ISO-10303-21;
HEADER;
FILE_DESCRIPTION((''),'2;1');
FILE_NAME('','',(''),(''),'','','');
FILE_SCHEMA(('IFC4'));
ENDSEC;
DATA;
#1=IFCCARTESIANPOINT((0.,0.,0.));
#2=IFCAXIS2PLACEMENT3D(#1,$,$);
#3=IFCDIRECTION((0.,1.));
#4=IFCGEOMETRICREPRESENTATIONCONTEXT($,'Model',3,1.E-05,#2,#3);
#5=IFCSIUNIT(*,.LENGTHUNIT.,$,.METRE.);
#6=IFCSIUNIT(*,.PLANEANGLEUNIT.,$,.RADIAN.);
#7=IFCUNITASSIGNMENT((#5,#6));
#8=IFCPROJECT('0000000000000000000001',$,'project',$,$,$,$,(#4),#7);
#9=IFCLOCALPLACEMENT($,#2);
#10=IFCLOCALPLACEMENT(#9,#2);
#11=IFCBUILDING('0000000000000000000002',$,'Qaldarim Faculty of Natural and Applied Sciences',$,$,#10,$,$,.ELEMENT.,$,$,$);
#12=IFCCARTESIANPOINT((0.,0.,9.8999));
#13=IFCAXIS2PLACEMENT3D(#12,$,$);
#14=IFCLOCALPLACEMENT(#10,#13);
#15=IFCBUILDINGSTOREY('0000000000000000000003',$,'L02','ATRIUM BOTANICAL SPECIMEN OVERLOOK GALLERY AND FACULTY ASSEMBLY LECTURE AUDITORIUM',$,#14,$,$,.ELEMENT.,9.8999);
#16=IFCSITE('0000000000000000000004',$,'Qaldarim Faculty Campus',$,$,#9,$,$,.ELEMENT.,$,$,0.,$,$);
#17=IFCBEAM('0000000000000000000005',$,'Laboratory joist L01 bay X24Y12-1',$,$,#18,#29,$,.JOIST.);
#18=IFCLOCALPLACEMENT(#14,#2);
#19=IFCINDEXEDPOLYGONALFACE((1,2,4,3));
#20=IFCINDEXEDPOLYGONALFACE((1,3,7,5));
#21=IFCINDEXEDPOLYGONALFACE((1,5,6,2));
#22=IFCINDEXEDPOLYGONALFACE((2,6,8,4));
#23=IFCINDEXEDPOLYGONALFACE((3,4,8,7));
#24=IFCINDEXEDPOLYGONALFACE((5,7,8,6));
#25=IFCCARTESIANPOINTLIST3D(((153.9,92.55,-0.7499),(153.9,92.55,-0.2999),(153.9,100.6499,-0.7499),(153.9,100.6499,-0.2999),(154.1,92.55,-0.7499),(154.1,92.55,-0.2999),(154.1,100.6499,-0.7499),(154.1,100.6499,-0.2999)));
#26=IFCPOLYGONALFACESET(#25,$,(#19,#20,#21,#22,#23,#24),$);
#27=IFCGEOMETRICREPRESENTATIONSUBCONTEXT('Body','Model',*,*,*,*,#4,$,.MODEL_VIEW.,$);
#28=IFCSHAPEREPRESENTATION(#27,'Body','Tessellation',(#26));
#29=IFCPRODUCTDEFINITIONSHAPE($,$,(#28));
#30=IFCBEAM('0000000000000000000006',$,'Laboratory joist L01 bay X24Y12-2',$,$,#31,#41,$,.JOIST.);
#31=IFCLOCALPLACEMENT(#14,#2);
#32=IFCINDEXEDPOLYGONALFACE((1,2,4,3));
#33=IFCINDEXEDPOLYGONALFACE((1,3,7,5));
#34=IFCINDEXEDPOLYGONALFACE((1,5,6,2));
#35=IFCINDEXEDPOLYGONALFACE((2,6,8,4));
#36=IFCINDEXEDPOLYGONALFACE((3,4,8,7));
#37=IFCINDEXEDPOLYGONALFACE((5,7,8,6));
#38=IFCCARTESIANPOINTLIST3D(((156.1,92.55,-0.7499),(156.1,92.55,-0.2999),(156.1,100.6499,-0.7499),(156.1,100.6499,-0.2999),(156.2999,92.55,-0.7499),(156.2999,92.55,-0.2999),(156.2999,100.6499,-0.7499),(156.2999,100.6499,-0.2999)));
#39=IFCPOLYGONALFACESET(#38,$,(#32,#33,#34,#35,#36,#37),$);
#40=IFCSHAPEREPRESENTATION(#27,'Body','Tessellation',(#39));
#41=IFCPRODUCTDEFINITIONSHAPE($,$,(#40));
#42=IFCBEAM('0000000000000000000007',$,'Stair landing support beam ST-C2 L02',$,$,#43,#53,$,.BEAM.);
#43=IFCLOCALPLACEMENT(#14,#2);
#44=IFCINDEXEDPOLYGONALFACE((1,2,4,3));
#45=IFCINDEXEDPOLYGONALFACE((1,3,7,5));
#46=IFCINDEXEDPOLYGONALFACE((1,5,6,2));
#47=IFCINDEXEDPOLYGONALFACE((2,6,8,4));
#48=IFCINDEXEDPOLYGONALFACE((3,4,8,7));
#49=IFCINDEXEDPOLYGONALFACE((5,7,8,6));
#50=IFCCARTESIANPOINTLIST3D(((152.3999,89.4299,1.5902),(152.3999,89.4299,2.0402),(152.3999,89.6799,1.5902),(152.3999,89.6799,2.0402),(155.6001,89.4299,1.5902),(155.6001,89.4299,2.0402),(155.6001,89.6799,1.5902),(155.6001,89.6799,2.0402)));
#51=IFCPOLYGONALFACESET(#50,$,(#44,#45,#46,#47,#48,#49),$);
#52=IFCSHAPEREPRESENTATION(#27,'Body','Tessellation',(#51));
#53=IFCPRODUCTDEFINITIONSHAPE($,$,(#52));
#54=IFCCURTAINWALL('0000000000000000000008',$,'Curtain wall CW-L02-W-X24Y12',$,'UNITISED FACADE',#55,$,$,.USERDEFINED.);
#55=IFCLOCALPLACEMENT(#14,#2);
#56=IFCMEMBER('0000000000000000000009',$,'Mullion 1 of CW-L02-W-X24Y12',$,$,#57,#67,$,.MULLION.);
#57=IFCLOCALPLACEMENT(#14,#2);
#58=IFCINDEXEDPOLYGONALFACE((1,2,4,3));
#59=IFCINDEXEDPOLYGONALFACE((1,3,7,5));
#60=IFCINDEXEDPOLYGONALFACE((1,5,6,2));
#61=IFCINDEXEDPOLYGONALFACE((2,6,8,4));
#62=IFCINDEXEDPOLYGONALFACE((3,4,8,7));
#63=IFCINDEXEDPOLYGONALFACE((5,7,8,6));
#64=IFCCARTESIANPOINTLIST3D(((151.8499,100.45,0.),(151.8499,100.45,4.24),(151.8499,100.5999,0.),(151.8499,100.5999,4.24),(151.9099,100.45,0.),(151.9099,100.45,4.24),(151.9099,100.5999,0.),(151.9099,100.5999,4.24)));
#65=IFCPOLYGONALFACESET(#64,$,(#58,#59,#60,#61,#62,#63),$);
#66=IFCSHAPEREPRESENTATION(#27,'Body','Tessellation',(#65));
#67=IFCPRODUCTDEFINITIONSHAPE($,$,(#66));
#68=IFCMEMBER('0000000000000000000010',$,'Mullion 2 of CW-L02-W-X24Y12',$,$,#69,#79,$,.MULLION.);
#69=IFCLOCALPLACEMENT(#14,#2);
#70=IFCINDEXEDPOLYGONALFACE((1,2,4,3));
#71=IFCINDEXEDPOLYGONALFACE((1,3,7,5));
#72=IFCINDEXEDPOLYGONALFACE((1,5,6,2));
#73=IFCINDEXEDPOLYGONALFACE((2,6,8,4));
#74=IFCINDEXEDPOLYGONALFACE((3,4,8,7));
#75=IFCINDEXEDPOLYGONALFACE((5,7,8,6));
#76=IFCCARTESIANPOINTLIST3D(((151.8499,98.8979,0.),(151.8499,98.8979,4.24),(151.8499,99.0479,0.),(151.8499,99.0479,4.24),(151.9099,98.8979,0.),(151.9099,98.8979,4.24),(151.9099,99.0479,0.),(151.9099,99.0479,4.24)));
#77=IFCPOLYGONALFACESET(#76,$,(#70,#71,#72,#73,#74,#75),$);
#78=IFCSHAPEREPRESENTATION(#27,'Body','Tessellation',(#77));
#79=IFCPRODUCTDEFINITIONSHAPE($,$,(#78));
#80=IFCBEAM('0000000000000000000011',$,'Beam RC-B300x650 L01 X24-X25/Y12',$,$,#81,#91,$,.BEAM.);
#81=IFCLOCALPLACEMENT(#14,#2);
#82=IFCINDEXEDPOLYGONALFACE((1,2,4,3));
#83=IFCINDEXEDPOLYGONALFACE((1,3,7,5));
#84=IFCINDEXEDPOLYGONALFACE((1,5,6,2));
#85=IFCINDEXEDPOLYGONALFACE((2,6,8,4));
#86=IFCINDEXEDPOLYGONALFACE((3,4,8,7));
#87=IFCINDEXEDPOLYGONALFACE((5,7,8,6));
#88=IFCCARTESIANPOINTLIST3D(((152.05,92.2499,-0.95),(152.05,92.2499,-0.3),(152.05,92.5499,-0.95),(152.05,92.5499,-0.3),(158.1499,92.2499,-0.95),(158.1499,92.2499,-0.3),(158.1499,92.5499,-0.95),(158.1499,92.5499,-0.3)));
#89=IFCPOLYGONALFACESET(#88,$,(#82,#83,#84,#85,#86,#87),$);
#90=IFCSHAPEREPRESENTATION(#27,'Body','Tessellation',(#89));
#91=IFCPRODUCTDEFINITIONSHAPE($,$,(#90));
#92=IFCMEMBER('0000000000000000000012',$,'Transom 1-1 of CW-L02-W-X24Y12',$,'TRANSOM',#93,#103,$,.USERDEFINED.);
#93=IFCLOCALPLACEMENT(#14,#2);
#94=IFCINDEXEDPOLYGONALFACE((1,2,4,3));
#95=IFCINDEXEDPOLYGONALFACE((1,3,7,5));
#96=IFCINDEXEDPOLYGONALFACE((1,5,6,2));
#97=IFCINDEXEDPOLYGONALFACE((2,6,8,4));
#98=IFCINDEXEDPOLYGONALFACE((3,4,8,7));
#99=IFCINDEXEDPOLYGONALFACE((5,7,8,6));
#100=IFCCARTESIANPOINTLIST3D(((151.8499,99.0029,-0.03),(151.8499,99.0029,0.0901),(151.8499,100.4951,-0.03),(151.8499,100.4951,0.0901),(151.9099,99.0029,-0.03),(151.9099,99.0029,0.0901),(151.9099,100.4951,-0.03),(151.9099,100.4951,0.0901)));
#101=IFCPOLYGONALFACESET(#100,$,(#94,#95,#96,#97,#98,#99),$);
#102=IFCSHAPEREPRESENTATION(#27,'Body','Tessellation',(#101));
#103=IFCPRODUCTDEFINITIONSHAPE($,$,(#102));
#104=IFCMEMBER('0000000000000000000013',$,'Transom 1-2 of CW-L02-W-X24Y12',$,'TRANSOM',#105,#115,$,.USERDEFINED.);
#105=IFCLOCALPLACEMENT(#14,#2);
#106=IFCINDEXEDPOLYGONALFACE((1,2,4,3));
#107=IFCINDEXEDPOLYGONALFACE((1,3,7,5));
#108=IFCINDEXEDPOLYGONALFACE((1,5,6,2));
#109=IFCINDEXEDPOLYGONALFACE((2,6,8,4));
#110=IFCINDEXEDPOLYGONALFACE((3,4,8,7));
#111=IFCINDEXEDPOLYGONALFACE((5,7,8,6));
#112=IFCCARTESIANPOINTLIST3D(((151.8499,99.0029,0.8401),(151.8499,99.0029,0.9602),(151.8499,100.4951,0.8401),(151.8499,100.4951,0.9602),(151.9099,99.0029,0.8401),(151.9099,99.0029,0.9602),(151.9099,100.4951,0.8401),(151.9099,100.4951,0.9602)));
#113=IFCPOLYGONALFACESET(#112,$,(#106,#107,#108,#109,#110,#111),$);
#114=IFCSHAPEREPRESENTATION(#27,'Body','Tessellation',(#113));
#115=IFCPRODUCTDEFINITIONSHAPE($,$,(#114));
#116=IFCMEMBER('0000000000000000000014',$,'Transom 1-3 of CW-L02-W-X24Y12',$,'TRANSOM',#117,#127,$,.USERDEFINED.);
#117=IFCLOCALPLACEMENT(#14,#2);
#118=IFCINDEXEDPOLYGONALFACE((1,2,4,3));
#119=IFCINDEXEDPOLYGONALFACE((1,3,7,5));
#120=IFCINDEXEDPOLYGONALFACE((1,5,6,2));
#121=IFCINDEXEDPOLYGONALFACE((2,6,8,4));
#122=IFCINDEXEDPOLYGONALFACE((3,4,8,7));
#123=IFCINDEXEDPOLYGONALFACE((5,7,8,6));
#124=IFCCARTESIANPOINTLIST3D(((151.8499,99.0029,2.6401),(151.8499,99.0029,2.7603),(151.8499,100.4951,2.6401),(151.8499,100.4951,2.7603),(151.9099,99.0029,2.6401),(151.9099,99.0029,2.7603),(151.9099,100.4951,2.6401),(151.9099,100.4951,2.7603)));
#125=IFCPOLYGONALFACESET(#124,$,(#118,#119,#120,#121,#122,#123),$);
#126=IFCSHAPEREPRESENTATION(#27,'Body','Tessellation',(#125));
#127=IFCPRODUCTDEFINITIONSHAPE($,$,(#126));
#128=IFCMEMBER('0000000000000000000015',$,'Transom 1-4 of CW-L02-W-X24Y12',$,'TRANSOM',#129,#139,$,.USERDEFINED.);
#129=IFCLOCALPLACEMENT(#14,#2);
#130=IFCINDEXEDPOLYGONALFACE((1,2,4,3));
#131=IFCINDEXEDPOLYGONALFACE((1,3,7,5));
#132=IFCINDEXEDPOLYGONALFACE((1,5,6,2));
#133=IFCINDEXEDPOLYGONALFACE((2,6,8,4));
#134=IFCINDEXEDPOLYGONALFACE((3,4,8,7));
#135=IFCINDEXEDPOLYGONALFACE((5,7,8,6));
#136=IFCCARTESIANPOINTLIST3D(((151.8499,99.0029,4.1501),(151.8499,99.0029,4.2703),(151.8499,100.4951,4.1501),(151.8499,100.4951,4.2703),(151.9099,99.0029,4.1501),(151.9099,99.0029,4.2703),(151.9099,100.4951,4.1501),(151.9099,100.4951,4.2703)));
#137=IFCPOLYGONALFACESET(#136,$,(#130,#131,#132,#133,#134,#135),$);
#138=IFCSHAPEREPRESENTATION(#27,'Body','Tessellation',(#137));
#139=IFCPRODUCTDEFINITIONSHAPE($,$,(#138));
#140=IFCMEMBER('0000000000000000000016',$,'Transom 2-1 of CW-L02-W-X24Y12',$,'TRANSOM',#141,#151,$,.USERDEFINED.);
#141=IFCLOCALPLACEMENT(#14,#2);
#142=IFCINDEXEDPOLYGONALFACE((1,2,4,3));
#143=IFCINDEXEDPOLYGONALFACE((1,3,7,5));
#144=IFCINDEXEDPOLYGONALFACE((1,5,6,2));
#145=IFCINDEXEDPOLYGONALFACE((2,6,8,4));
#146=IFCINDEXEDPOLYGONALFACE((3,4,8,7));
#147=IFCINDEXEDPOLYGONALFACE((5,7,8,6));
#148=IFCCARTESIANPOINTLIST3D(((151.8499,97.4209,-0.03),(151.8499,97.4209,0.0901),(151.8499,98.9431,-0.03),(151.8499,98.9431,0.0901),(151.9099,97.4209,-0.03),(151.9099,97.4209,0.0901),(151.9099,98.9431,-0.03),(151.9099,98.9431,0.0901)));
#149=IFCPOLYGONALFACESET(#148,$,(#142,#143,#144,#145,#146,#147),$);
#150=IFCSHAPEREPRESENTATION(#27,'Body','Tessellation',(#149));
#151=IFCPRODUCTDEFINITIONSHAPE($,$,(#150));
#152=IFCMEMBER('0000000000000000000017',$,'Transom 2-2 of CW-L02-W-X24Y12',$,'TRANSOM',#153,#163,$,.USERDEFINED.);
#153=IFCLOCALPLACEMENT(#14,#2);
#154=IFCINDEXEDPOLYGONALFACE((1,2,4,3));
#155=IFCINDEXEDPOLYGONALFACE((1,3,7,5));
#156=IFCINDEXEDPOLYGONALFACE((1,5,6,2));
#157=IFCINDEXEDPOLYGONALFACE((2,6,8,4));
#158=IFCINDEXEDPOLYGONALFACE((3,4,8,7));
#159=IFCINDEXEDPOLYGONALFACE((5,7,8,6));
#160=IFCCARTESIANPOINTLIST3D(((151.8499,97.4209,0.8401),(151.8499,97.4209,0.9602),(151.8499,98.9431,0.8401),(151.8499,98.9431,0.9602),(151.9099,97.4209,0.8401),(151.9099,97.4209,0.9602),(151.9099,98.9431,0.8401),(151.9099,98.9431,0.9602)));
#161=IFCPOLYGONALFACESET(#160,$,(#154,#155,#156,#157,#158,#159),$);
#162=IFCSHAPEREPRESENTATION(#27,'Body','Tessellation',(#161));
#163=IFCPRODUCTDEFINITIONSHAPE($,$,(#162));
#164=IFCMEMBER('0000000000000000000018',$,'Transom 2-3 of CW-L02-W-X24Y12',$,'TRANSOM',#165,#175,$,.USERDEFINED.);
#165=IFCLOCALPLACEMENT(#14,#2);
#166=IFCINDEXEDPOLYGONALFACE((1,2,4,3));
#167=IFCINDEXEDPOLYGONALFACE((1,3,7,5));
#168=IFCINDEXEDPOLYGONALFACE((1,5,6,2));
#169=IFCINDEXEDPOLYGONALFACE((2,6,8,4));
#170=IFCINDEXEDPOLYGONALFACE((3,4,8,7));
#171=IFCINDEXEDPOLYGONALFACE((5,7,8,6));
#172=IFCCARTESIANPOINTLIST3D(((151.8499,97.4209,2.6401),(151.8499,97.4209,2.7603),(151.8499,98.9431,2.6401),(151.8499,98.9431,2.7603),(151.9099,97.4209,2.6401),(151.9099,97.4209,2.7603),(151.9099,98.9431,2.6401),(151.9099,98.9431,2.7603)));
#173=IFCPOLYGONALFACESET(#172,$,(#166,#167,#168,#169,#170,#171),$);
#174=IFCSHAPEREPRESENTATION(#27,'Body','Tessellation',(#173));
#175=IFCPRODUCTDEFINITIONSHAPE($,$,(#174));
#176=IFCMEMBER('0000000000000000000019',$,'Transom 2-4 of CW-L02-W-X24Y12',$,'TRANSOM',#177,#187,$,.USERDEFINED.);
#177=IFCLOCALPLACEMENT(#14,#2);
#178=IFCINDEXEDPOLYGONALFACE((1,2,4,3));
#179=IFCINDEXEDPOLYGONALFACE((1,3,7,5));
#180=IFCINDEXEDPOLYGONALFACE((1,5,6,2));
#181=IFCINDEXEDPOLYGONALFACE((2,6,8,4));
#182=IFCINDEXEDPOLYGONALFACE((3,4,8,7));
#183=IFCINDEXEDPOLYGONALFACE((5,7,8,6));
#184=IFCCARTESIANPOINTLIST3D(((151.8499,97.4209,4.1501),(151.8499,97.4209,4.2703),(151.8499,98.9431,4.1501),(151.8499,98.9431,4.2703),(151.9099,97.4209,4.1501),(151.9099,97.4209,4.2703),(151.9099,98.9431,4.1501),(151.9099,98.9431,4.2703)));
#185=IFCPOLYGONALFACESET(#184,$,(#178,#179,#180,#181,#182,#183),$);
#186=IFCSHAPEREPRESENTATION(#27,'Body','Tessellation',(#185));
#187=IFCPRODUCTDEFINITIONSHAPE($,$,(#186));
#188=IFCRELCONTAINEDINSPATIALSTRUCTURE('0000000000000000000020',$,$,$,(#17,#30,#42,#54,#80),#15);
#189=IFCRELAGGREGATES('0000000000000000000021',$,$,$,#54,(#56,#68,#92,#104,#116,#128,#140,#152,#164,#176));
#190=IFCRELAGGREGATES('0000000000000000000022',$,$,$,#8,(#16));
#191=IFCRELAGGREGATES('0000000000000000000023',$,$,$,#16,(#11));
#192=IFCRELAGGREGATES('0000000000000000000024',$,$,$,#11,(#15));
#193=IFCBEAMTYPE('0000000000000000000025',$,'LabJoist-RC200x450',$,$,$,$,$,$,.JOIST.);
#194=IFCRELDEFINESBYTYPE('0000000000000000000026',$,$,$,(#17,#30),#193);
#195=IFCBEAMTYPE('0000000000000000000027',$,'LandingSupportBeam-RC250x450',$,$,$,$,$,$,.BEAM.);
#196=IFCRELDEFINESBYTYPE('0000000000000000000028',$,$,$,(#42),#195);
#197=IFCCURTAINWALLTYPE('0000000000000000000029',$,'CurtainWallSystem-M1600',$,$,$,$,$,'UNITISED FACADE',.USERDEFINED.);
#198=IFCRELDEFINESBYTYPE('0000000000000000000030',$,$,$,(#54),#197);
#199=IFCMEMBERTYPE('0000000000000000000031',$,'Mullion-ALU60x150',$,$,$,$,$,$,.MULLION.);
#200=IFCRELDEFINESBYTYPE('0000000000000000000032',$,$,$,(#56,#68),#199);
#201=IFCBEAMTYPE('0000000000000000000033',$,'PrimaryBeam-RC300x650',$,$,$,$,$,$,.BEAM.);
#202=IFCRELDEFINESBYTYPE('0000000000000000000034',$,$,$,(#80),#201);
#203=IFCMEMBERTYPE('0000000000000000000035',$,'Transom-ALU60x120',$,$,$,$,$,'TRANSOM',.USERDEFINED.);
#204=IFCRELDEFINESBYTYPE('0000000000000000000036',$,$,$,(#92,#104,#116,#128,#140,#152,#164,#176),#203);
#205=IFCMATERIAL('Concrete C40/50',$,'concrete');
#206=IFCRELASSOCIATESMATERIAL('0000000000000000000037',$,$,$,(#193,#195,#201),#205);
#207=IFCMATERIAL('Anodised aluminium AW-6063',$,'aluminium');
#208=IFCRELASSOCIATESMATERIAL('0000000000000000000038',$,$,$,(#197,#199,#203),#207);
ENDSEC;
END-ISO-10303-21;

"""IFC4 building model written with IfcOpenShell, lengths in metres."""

from ifc_helpers import new_model, si_unit, direction, frame, origin, origin_2d, place, context, subcontext, project, spatial, rectangle, extrude, material, material_profile, profile_set, type_object, element, aggregate, save


model = new_model("IFC4")

# Units and contexts
model_context = context("Model", 3, precision=1e-05, world=origin(), true_north=direction((0.0, 1.0)))
body_context = subcontext(model_context, "Body", "Model", "MODEL_VIEW")
ifc_project = project(units=[si_unit("LENGTHUNIT", "METRE"), si_unit("PLANEANGLEUNIT", "RADIAN")], contexts=[model_context])

# Site, building, storey
site_placement = place(None, origin())
site = spatial("IfcSite", under=ifc_project, at=site_placement, Name="Qaldarim Faculty Campus", CompositionType="ELEMENT", RefElevation=0.0)
building_placement = place(site_placement, origin())
building = spatial("IfcBuilding", under=site, at=building_placement, Name="Qaldarim Faculty of Natural and Applied Sciences", CompositionType="ELEMENT")
storey_placement = place(building_placement, frame((0.0, 0.0, 9.8999)))
storey = spatial("IfcBuildingStorey", under=building, at=storey_placement, Name="L02", Description="ATRIUM BOTANICAL SPECIMEN OVERLOOK GALLERY AND FACULTY ASSEMBLY LECTURE AUDITORIUM", CompositionType="ELEMENT", Elevation=9.8999)

# Beams
ifc_material_1 = material(Name="Concrete C40/50", Category="concrete")
ifc_material_profile_1 = material_profile(ifc_material_1, rectangle(XDim=0.2, YDim=0.45, at=origin_2d()), Name="RC-J200x450")
ifc_profile_set_1 = profile_set([ifc_material_profile_1], Name="Concrete C40/50")
beam_type_1 = type_object("IfcBeamType", Name="LabJoist-RC200x450", PredefinedType="JOIST", material=ifc_profile_set_1)
for number, where, z_axis, x_axis, name in (
    (1, (154.0, 92.55, -0.5249), (0.0, 1.0, 0.0), (-1.0, 0.0, 0.0), "Laboratory joist L01 bay X24Y12-1"),
    (2, (156.2, 92.55, -0.5249), (0.0, 1.0, 0.0), (-1.0, 0.0, 0.0), "Laboratory joist L01 bay X24Y12-2"),
):
    element("IfcBeam", number, at=place(storey_placement, frame(where, z_axis=z_axis, x_axis=x_axis)), inside=storey, type_object=beam_type_1, Name=name, PredefinedType="JOIST", context=body_context, shape_type="SweptSolid", body=[
        extrude(rectangle(XDim=0.2, YDim=0.45, at=origin_2d()), origin(), (0.0, 0.0, 1.0), 8.0999),
    ])
ifc_material_profile_2 = material_profile(ifc_material_1, rectangle(XDim=0.25, YDim=0.45, at=origin_2d()), Name="RC-LN250x450")
ifc_profile_set_2 = profile_set([ifc_material_profile_2], Name="Concrete C40/50")
beam_type_2 = type_object("IfcBeamType", Name="LandingSupportBeam-RC250x450", PredefinedType="BEAM", material=ifc_profile_set_2)
beam_1_placement = place(storey_placement, frame((152.3999, 89.5549, 1.8152), z_axis=(1.0, 0.0, 0.0), x_axis=(0.0, 1.0, 0.0)))
element("IfcBeam", 3, at=beam_1_placement, inside=storey, type_object=beam_type_2, Name="Stair landing support beam ST-C2 L02", PredefinedType="BEAM", context=body_context, shape_type="SweptSolid", body=[
    extrude(rectangle(XDim=0.25, YDim=0.45, at=origin_2d()), origin(), (0.0, 0.0, 1.0), 3.2002),
])

# Curtain wall, members
ifc_material_2 = material(Name="Anodised aluminium AW-6063", Category="aluminium")
curtain_wall_type = type_object("IfcCurtainWallType", Name="CurtainWallSystem-M1600", ElementType="UNITISED FACADE", PredefinedType="USERDEFINED", material=ifc_material_2)
curtain_wall_placement = place(storey_placement, origin())
curtain_wall = element("IfcCurtainWall", 4, at=curtain_wall_placement, inside=storey, type_object=curtain_wall_type, Name="Curtain wall CW-L02-W-X24Y12", ObjectType="UNITISED FACADE", PredefinedType="USERDEFINED")
ifc_material_profile_3 = material_profile(ifc_material_2, rectangle(XDim=0.0601, YDim=0.1499, at=origin_2d()), Name="ALU-M60x150")
ifc_profile_set_3 = profile_set([ifc_material_profile_3], Name="Anodised aluminium AW-6063")
member_type_1 = type_object("IfcMemberType", Name="Mullion-ALU60x150", PredefinedType="MULLION", material=ifc_profile_set_3)
member_1_placement = place(storey_placement, frame((151.8799, 100.5249, 0.0), z_axis=(0.0, 0.0, 1.0), x_axis=(1.0, 0.0, 0.0)))
member_1 = element("IfcMember", 5, at=member_1_placement, type_object=member_type_1, Name="Mullion 1 of CW-L02-W-X24Y12", PredefinedType="MULLION", context=body_context, shape_type="SweptSolid", body=[
    extrude(rectangle(XDim=0.0601, YDim=0.1499, at=origin_2d()), origin(), (0.0, 0.0, 1.0), 4.24),
])
member_2_placement = place(storey_placement, frame((151.8799, 98.9729, 0.0), z_axis=(0.0, 0.0, 1.0), x_axis=(1.0, 0.0, 0.0)))
member_2 = element("IfcMember", 6, at=member_2_placement, type_object=member_type_1, Name="Mullion 2 of CW-L02-W-X24Y12", PredefinedType="MULLION", context=body_context, shape_type="SweptSolid", body=[
    extrude(rectangle(XDim=0.0601, YDim=0.1499, at=origin_2d()), origin(), (0.0, 0.0, 1.0), 4.24),
])

# Beam
ifc_material_profile_4 = material_profile(ifc_material_1, rectangle(XDim=0.3, YDim=0.6499, at=origin_2d()), Name="RC-B300x650")
ifc_profile_set_4 = profile_set([ifc_material_profile_4], Name="Concrete C40/50")
beam_type_3 = type_object("IfcBeamType", Name="PrimaryBeam-RC300x650", PredefinedType="BEAM", material=ifc_profile_set_4)
beam_2_placement = place(storey_placement, frame((152.05, 92.3999, -0.625), z_axis=(1.0, 0.0, 0.0), x_axis=(0.0, 1.0, 0.0)))
element("IfcBeam", 7, at=beam_2_placement, inside=storey, type_object=beam_type_3, Name="Beam RC-B300x650 L01 X24-X25/Y12", PredefinedType="BEAM", context=body_context, shape_type="SweptSolid", body=[
    extrude(rectangle(XDim=0.3, YDim=0.6499, at=origin_2d()), origin(), (0.0, 0.0, 1.0), 6.0999),
])

# Members
ifc_material_profile_5 = material_profile(ifc_material_2, rectangle(XDim=0.0601, YDim=0.1201, at=origin_2d()), Name="ALU-T60x120")
ifc_profile_set_5 = profile_set([ifc_material_profile_5], Name="Anodised aluminium AW-6063")
member_type_2 = type_object("IfcMemberType", Name="Transom-ALU60x120", ElementType="TRANSOM", PredefinedType="USERDEFINED", material=ifc_profile_set_5)
member_3_placement = place(storey_placement, frame((151.8799, 100.4951, 0.03), z_axis=(0.0, -1.0, 0.0), x_axis=(1.0, 0.0, 0.0)))
member_3 = element("IfcMember", 8, at=member_3_placement, type_object=member_type_2, Name="Transom 1-1 of CW-L02-W-X24Y12", ObjectType="TRANSOM", PredefinedType="USERDEFINED", context=body_context, shape_type="SweptSolid", body=[
    extrude(rectangle(XDim=0.0601, YDim=0.1201, at=origin_2d()), origin(), (0.0, 0.0, 1.0), 1.4922),
])
member_4_placement = place(storey_placement, frame((151.8799, 100.4951, 0.9001), z_axis=(0.0, -1.0, 0.0), x_axis=(1.0, 0.0, 0.0)))
member_4 = element("IfcMember", 9, at=member_4_placement, type_object=member_type_2, Name="Transom 1-2 of CW-L02-W-X24Y12", ObjectType="TRANSOM", PredefinedType="USERDEFINED", context=body_context, shape_type="SweptSolid", body=[
    extrude(rectangle(XDim=0.0601, YDim=0.1201, at=origin_2d()), origin(), (0.0, 0.0, 1.0), 1.4922),
])
member_5_placement = place(storey_placement, frame((151.8799, 100.4951, 2.7002), z_axis=(0.0, -1.0, 0.0), x_axis=(1.0, 0.0, 0.0)))
member_5 = element("IfcMember", 10, at=member_5_placement, type_object=member_type_2, Name="Transom 1-3 of CW-L02-W-X24Y12", ObjectType="TRANSOM", PredefinedType="USERDEFINED", context=body_context, shape_type="SweptSolid", body=[
    extrude(rectangle(XDim=0.0601, YDim=0.1201, at=origin_2d()), origin(), (0.0, 0.0, 1.0), 1.4922),
])
member_6_placement = place(storey_placement, frame((151.8799, 100.4951, 4.2102), z_axis=(0.0, -1.0, 0.0), x_axis=(1.0, 0.0, 0.0)))
member_6 = element("IfcMember", 11, at=member_6_placement, type_object=member_type_2, Name="Transom 1-4 of CW-L02-W-X24Y12", ObjectType="TRANSOM", PredefinedType="USERDEFINED", context=body_context, shape_type="SweptSolid", body=[
    extrude(rectangle(XDim=0.0601, YDim=0.1201, at=origin_2d()), origin(), (0.0, 0.0, 1.0), 1.4922),
])
member_7_placement = place(storey_placement, frame((151.8799, 98.9431, 0.03), z_axis=(0.0, -1.0, 0.0), x_axis=(1.0, 0.0, 0.0)))
member_7 = element("IfcMember", 12, at=member_7_placement, type_object=member_type_2, Name="Transom 2-1 of CW-L02-W-X24Y12", ObjectType="TRANSOM", PredefinedType="USERDEFINED", context=body_context, shape_type="SweptSolid", body=[
    extrude(rectangle(XDim=0.0601, YDim=0.1201, at=origin_2d()), origin(), (0.0, 0.0, 1.0), 1.5222),
])
member_8_placement = place(storey_placement, frame((151.8799, 98.9431, 0.9001), z_axis=(0.0, -1.0, 0.0), x_axis=(1.0, 0.0, 0.0)))
member_8 = element("IfcMember", 13, at=member_8_placement, type_object=member_type_2, Name="Transom 2-2 of CW-L02-W-X24Y12", ObjectType="TRANSOM", PredefinedType="USERDEFINED", context=body_context, shape_type="SweptSolid", body=[
    extrude(rectangle(XDim=0.0601, YDim=0.1201, at=origin_2d()), origin(), (0.0, 0.0, 1.0), 1.5222),
])
member_9_placement = place(storey_placement, frame((151.8799, 98.9431, 2.7002), z_axis=(0.0, -1.0, 0.0), x_axis=(1.0, 0.0, 0.0)))
member_9 = element("IfcMember", 14, at=member_9_placement, type_object=member_type_2, Name="Transom 2-3 of CW-L02-W-X24Y12", ObjectType="TRANSOM", PredefinedType="USERDEFINED", context=body_context, shape_type="SweptSolid", body=[
    extrude(rectangle(XDim=0.0601, YDim=0.1201, at=origin_2d()), origin(), (0.0, 0.0, 1.0), 1.5222),
])
member_10_placement = place(storey_placement, frame((151.8799, 98.9431, 4.2102), z_axis=(0.0, -1.0, 0.0), x_axis=(1.0, 0.0, 0.0)))
member_10 = element("IfcMember", 15, at=member_10_placement, type_object=member_type_2, Name="Transom 2-4 of CW-L02-W-X24Y12", ObjectType="TRANSOM", PredefinedType="USERDEFINED", context=body_context, shape_type="SweptSolid", body=[
    extrude(rectangle(XDim=0.0601, YDim=0.1201, at=origin_2d()), origin(), (0.0, 0.0, 1.0), 1.5222),
])

aggregate(curtain_wall, [member_1, member_2, member_3, member_4, member_5, member_6, member_7, member_8, member_9, member_10])

save(model, "model.ifc")
